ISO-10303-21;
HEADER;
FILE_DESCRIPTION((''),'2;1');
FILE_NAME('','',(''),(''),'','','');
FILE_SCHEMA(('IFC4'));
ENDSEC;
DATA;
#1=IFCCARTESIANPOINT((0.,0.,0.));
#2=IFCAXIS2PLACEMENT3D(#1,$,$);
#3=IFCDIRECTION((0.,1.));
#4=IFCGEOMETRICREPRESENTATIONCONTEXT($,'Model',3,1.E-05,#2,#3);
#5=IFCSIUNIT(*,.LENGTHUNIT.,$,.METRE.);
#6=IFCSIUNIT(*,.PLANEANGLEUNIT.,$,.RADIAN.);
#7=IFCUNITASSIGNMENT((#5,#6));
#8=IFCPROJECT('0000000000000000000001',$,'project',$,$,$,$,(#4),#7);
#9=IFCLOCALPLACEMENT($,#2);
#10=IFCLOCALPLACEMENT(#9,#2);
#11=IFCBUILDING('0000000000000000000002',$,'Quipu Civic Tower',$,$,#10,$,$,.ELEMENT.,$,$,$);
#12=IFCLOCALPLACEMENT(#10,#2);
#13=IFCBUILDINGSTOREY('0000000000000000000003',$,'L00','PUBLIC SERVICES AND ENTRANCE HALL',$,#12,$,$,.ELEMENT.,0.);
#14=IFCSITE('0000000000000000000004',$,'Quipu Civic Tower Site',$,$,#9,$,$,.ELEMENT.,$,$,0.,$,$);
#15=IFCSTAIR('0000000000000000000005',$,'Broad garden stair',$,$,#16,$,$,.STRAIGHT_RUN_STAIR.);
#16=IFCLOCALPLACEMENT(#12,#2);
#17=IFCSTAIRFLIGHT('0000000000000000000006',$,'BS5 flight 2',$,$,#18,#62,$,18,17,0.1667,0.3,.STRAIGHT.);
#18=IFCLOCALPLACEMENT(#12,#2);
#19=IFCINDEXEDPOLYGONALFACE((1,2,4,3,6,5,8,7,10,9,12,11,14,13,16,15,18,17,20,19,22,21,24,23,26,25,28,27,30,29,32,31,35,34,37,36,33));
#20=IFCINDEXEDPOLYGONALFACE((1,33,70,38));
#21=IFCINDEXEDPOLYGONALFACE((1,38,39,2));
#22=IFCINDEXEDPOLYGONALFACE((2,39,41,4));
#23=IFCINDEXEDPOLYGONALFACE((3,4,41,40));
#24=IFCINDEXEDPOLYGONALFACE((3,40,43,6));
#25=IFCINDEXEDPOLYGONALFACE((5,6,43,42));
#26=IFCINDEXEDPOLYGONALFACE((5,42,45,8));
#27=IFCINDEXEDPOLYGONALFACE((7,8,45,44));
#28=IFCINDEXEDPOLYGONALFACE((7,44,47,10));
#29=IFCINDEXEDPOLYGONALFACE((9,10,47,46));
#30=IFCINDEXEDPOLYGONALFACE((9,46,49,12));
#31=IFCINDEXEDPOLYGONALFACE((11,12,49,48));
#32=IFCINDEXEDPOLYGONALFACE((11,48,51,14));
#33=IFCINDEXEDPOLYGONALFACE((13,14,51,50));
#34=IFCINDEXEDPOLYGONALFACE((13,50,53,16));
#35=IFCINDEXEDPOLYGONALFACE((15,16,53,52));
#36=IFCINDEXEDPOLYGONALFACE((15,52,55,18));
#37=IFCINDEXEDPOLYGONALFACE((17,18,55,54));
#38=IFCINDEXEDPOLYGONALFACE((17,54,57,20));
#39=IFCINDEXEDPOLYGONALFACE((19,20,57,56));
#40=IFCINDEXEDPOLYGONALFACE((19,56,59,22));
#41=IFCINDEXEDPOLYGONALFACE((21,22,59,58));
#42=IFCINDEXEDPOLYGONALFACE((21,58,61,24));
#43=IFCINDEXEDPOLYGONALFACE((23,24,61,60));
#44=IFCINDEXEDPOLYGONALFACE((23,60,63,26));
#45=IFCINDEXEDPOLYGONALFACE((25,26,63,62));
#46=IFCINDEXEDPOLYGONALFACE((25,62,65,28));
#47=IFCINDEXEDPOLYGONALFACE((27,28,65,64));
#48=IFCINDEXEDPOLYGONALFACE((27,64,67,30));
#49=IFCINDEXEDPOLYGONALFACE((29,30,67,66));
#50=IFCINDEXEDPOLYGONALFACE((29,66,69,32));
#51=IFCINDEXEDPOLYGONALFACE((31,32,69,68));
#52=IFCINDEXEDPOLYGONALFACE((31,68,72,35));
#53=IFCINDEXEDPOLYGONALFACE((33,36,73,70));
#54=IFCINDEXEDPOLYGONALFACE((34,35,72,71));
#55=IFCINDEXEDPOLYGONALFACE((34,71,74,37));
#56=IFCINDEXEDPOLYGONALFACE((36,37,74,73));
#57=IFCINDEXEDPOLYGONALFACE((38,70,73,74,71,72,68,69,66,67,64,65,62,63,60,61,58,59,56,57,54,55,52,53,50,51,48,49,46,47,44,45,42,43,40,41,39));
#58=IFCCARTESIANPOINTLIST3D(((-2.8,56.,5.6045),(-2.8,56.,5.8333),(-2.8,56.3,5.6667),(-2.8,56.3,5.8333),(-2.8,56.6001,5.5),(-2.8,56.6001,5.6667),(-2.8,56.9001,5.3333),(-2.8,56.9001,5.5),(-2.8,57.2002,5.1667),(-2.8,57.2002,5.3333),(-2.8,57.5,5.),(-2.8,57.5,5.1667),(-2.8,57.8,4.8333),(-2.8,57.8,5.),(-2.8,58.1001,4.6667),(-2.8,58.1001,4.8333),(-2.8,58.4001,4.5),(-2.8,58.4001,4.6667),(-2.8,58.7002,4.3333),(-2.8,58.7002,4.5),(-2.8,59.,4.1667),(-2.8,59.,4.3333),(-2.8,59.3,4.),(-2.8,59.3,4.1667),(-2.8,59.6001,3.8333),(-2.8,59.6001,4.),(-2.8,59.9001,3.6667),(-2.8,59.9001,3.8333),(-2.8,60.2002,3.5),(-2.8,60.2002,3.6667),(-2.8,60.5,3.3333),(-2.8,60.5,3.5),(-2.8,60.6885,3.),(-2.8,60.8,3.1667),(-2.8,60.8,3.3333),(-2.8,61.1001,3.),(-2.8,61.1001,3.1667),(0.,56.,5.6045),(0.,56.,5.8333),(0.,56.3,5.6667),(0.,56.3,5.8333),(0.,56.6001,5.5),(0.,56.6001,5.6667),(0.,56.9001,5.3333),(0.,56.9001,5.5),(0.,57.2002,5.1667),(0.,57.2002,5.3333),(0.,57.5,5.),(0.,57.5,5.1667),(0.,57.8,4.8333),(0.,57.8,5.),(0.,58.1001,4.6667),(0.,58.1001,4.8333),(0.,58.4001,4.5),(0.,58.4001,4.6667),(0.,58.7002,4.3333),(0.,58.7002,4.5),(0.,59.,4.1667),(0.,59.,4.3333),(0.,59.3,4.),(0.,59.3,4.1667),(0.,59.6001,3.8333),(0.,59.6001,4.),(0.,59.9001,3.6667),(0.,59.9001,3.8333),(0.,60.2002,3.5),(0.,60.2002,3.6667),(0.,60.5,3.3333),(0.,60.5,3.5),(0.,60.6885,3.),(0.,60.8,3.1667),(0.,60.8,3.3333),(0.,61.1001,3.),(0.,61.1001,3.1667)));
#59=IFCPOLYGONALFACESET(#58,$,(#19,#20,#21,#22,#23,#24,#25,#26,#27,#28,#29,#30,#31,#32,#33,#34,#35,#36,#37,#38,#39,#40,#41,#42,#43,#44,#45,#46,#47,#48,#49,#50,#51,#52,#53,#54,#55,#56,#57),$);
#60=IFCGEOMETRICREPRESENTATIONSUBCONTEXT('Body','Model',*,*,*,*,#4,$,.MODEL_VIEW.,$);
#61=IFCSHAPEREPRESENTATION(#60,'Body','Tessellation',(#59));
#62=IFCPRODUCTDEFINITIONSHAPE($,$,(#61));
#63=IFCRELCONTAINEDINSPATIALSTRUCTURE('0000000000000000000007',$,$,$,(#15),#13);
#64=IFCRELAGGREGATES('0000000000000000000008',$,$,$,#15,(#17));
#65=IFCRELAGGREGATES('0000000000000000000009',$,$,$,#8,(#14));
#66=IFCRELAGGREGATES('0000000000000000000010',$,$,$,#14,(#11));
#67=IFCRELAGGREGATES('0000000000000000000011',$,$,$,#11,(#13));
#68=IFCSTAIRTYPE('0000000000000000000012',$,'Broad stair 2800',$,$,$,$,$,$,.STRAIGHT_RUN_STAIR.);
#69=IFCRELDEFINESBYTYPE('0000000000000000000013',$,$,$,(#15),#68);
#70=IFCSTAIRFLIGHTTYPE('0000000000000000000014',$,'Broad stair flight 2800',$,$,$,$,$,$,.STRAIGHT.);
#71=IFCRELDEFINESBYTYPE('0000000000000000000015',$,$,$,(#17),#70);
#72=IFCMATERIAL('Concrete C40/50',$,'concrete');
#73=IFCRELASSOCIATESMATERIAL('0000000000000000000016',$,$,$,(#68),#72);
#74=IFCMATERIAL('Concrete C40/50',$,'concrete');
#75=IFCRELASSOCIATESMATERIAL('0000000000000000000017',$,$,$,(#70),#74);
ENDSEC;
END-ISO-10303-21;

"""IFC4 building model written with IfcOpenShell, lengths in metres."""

from ifc_helpers import new_model, si_unit, direction, frame, origin, place, context, subcontext, project, spatial, polyline, outline, extrude, material, type_object, element, aggregate, save


model = new_model("IFC4")

# Units and contexts
model_context = context("Model", 3, precision=1e-05, world=origin(), true_north=direction((0.0, 1.0)))
body_context = subcontext(model_context, "Body", "Model", "MODEL_VIEW")
ifc_project = project(units=[si_unit("LENGTHUNIT", "METRE"), si_unit("PLANEANGLEUNIT", "RADIAN")], contexts=[model_context])

# Site, building, storey
site_placement = place(None, origin())
site = spatial("IfcSite", under=ifc_project, at=site_placement, Name="Quipu Civic Tower Site", CompositionType="ELEMENT", RefElevation=0.0)
building_placement = place(site_placement, origin())
building = spatial("IfcBuilding", under=site, at=building_placement, Name="Quipu Civic Tower", CompositionType="ELEMENT")
storey_placement = place(building_placement, origin())
storey = spatial("IfcBuildingStorey", under=building, at=storey_placement, Name="L00", Description="PUBLIC SERVICES AND ENTRANCE HALL", CompositionType="ELEMENT", Elevation=0.0)

# Stair, stair flight
ifc_material_1 = material(Name="Concrete C40/50", Category="concrete")
stair_type = type_object("IfcStairType", Name="Broad stair 2800", PredefinedType="STRAIGHT_RUN_STAIR", material=ifc_material_1)
ifc_material_2 = material(Name="Concrete C40/50", Category="concrete")
stair_flight_type = type_object("IfcStairFlightType", Name="Broad stair flight 2800", PredefinedType="STRAIGHT", material=ifc_material_2)
stair_1_placement = place(storey_placement, origin())
stair_1 = element("IfcStair", 1, at=stair_1_placement, inside=storey, type_object=stair_type, Name="Broad garden stair", PredefinedType="STRAIGHT_RUN_STAIR")
stair_flight_1_placement = place(storey_placement, frame((-1.3999, 61.1001, 3.0), z_axis=(0.0, 0.0, 1.0), x_axis=(0.0, -1.0, 0.0)))
stair_flight_1 = element("IfcStairFlight", 2, at=stair_flight_1_placement, type_object=stair_flight_type, Name="BS5 flight 2", NumberOfRisers=18, NumberOfTreads=17, PredefinedType="STRAIGHT", RiserHeight=0.1667, TreadLength=0.3, context=body_context, shape_type="SweptSolid", body=[
    extrude(outline(polyline([(0.0, 0.0), (0.0, 0.1667), (0.3, 0.1667), (0.3, 0.3333), (0.6001, 0.3333), (0.6001, 0.5), (0.8999, 0.5), (0.8999, 0.6667), (1.2, 0.6667), (1.2, 0.8333), (1.5, 0.8333), (1.5, 1.0), (1.8, 1.0), (1.8, 1.1667), (2.1001, 1.1667), (2.1001, 1.3333), (2.3999, 1.3333), (2.3999, 1.5), (2.7, 1.5), (2.7, 1.6667), (3.0, 1.6667), (3.0, 1.8333), (3.3, 1.8333), (3.3, 2.0), (3.6001, 2.0), (3.6001, 2.1667), (3.8999, 2.1667), (3.8999, 2.3333), (4.2, 2.3333), (4.2, 2.5), (4.5, 2.5), (4.5, 2.6667), (4.8, 2.6667), (4.8, 2.8333), (5.1001, 2.8333), (5.1001, 3.0), (5.1001, 2.6045), (0.4116, 0.0), (0.0, 0.0)])), frame((0.0, 1.3999, 0.0), z_axis=(0.0, -1.0, 0.0), x_axis=(1.0, 0.0, 0.0)), (0.0, 0.0, 1.0), 2.8),
])
aggregate(stair_1, [stair_flight_1])

save(model, "model.ifc")
